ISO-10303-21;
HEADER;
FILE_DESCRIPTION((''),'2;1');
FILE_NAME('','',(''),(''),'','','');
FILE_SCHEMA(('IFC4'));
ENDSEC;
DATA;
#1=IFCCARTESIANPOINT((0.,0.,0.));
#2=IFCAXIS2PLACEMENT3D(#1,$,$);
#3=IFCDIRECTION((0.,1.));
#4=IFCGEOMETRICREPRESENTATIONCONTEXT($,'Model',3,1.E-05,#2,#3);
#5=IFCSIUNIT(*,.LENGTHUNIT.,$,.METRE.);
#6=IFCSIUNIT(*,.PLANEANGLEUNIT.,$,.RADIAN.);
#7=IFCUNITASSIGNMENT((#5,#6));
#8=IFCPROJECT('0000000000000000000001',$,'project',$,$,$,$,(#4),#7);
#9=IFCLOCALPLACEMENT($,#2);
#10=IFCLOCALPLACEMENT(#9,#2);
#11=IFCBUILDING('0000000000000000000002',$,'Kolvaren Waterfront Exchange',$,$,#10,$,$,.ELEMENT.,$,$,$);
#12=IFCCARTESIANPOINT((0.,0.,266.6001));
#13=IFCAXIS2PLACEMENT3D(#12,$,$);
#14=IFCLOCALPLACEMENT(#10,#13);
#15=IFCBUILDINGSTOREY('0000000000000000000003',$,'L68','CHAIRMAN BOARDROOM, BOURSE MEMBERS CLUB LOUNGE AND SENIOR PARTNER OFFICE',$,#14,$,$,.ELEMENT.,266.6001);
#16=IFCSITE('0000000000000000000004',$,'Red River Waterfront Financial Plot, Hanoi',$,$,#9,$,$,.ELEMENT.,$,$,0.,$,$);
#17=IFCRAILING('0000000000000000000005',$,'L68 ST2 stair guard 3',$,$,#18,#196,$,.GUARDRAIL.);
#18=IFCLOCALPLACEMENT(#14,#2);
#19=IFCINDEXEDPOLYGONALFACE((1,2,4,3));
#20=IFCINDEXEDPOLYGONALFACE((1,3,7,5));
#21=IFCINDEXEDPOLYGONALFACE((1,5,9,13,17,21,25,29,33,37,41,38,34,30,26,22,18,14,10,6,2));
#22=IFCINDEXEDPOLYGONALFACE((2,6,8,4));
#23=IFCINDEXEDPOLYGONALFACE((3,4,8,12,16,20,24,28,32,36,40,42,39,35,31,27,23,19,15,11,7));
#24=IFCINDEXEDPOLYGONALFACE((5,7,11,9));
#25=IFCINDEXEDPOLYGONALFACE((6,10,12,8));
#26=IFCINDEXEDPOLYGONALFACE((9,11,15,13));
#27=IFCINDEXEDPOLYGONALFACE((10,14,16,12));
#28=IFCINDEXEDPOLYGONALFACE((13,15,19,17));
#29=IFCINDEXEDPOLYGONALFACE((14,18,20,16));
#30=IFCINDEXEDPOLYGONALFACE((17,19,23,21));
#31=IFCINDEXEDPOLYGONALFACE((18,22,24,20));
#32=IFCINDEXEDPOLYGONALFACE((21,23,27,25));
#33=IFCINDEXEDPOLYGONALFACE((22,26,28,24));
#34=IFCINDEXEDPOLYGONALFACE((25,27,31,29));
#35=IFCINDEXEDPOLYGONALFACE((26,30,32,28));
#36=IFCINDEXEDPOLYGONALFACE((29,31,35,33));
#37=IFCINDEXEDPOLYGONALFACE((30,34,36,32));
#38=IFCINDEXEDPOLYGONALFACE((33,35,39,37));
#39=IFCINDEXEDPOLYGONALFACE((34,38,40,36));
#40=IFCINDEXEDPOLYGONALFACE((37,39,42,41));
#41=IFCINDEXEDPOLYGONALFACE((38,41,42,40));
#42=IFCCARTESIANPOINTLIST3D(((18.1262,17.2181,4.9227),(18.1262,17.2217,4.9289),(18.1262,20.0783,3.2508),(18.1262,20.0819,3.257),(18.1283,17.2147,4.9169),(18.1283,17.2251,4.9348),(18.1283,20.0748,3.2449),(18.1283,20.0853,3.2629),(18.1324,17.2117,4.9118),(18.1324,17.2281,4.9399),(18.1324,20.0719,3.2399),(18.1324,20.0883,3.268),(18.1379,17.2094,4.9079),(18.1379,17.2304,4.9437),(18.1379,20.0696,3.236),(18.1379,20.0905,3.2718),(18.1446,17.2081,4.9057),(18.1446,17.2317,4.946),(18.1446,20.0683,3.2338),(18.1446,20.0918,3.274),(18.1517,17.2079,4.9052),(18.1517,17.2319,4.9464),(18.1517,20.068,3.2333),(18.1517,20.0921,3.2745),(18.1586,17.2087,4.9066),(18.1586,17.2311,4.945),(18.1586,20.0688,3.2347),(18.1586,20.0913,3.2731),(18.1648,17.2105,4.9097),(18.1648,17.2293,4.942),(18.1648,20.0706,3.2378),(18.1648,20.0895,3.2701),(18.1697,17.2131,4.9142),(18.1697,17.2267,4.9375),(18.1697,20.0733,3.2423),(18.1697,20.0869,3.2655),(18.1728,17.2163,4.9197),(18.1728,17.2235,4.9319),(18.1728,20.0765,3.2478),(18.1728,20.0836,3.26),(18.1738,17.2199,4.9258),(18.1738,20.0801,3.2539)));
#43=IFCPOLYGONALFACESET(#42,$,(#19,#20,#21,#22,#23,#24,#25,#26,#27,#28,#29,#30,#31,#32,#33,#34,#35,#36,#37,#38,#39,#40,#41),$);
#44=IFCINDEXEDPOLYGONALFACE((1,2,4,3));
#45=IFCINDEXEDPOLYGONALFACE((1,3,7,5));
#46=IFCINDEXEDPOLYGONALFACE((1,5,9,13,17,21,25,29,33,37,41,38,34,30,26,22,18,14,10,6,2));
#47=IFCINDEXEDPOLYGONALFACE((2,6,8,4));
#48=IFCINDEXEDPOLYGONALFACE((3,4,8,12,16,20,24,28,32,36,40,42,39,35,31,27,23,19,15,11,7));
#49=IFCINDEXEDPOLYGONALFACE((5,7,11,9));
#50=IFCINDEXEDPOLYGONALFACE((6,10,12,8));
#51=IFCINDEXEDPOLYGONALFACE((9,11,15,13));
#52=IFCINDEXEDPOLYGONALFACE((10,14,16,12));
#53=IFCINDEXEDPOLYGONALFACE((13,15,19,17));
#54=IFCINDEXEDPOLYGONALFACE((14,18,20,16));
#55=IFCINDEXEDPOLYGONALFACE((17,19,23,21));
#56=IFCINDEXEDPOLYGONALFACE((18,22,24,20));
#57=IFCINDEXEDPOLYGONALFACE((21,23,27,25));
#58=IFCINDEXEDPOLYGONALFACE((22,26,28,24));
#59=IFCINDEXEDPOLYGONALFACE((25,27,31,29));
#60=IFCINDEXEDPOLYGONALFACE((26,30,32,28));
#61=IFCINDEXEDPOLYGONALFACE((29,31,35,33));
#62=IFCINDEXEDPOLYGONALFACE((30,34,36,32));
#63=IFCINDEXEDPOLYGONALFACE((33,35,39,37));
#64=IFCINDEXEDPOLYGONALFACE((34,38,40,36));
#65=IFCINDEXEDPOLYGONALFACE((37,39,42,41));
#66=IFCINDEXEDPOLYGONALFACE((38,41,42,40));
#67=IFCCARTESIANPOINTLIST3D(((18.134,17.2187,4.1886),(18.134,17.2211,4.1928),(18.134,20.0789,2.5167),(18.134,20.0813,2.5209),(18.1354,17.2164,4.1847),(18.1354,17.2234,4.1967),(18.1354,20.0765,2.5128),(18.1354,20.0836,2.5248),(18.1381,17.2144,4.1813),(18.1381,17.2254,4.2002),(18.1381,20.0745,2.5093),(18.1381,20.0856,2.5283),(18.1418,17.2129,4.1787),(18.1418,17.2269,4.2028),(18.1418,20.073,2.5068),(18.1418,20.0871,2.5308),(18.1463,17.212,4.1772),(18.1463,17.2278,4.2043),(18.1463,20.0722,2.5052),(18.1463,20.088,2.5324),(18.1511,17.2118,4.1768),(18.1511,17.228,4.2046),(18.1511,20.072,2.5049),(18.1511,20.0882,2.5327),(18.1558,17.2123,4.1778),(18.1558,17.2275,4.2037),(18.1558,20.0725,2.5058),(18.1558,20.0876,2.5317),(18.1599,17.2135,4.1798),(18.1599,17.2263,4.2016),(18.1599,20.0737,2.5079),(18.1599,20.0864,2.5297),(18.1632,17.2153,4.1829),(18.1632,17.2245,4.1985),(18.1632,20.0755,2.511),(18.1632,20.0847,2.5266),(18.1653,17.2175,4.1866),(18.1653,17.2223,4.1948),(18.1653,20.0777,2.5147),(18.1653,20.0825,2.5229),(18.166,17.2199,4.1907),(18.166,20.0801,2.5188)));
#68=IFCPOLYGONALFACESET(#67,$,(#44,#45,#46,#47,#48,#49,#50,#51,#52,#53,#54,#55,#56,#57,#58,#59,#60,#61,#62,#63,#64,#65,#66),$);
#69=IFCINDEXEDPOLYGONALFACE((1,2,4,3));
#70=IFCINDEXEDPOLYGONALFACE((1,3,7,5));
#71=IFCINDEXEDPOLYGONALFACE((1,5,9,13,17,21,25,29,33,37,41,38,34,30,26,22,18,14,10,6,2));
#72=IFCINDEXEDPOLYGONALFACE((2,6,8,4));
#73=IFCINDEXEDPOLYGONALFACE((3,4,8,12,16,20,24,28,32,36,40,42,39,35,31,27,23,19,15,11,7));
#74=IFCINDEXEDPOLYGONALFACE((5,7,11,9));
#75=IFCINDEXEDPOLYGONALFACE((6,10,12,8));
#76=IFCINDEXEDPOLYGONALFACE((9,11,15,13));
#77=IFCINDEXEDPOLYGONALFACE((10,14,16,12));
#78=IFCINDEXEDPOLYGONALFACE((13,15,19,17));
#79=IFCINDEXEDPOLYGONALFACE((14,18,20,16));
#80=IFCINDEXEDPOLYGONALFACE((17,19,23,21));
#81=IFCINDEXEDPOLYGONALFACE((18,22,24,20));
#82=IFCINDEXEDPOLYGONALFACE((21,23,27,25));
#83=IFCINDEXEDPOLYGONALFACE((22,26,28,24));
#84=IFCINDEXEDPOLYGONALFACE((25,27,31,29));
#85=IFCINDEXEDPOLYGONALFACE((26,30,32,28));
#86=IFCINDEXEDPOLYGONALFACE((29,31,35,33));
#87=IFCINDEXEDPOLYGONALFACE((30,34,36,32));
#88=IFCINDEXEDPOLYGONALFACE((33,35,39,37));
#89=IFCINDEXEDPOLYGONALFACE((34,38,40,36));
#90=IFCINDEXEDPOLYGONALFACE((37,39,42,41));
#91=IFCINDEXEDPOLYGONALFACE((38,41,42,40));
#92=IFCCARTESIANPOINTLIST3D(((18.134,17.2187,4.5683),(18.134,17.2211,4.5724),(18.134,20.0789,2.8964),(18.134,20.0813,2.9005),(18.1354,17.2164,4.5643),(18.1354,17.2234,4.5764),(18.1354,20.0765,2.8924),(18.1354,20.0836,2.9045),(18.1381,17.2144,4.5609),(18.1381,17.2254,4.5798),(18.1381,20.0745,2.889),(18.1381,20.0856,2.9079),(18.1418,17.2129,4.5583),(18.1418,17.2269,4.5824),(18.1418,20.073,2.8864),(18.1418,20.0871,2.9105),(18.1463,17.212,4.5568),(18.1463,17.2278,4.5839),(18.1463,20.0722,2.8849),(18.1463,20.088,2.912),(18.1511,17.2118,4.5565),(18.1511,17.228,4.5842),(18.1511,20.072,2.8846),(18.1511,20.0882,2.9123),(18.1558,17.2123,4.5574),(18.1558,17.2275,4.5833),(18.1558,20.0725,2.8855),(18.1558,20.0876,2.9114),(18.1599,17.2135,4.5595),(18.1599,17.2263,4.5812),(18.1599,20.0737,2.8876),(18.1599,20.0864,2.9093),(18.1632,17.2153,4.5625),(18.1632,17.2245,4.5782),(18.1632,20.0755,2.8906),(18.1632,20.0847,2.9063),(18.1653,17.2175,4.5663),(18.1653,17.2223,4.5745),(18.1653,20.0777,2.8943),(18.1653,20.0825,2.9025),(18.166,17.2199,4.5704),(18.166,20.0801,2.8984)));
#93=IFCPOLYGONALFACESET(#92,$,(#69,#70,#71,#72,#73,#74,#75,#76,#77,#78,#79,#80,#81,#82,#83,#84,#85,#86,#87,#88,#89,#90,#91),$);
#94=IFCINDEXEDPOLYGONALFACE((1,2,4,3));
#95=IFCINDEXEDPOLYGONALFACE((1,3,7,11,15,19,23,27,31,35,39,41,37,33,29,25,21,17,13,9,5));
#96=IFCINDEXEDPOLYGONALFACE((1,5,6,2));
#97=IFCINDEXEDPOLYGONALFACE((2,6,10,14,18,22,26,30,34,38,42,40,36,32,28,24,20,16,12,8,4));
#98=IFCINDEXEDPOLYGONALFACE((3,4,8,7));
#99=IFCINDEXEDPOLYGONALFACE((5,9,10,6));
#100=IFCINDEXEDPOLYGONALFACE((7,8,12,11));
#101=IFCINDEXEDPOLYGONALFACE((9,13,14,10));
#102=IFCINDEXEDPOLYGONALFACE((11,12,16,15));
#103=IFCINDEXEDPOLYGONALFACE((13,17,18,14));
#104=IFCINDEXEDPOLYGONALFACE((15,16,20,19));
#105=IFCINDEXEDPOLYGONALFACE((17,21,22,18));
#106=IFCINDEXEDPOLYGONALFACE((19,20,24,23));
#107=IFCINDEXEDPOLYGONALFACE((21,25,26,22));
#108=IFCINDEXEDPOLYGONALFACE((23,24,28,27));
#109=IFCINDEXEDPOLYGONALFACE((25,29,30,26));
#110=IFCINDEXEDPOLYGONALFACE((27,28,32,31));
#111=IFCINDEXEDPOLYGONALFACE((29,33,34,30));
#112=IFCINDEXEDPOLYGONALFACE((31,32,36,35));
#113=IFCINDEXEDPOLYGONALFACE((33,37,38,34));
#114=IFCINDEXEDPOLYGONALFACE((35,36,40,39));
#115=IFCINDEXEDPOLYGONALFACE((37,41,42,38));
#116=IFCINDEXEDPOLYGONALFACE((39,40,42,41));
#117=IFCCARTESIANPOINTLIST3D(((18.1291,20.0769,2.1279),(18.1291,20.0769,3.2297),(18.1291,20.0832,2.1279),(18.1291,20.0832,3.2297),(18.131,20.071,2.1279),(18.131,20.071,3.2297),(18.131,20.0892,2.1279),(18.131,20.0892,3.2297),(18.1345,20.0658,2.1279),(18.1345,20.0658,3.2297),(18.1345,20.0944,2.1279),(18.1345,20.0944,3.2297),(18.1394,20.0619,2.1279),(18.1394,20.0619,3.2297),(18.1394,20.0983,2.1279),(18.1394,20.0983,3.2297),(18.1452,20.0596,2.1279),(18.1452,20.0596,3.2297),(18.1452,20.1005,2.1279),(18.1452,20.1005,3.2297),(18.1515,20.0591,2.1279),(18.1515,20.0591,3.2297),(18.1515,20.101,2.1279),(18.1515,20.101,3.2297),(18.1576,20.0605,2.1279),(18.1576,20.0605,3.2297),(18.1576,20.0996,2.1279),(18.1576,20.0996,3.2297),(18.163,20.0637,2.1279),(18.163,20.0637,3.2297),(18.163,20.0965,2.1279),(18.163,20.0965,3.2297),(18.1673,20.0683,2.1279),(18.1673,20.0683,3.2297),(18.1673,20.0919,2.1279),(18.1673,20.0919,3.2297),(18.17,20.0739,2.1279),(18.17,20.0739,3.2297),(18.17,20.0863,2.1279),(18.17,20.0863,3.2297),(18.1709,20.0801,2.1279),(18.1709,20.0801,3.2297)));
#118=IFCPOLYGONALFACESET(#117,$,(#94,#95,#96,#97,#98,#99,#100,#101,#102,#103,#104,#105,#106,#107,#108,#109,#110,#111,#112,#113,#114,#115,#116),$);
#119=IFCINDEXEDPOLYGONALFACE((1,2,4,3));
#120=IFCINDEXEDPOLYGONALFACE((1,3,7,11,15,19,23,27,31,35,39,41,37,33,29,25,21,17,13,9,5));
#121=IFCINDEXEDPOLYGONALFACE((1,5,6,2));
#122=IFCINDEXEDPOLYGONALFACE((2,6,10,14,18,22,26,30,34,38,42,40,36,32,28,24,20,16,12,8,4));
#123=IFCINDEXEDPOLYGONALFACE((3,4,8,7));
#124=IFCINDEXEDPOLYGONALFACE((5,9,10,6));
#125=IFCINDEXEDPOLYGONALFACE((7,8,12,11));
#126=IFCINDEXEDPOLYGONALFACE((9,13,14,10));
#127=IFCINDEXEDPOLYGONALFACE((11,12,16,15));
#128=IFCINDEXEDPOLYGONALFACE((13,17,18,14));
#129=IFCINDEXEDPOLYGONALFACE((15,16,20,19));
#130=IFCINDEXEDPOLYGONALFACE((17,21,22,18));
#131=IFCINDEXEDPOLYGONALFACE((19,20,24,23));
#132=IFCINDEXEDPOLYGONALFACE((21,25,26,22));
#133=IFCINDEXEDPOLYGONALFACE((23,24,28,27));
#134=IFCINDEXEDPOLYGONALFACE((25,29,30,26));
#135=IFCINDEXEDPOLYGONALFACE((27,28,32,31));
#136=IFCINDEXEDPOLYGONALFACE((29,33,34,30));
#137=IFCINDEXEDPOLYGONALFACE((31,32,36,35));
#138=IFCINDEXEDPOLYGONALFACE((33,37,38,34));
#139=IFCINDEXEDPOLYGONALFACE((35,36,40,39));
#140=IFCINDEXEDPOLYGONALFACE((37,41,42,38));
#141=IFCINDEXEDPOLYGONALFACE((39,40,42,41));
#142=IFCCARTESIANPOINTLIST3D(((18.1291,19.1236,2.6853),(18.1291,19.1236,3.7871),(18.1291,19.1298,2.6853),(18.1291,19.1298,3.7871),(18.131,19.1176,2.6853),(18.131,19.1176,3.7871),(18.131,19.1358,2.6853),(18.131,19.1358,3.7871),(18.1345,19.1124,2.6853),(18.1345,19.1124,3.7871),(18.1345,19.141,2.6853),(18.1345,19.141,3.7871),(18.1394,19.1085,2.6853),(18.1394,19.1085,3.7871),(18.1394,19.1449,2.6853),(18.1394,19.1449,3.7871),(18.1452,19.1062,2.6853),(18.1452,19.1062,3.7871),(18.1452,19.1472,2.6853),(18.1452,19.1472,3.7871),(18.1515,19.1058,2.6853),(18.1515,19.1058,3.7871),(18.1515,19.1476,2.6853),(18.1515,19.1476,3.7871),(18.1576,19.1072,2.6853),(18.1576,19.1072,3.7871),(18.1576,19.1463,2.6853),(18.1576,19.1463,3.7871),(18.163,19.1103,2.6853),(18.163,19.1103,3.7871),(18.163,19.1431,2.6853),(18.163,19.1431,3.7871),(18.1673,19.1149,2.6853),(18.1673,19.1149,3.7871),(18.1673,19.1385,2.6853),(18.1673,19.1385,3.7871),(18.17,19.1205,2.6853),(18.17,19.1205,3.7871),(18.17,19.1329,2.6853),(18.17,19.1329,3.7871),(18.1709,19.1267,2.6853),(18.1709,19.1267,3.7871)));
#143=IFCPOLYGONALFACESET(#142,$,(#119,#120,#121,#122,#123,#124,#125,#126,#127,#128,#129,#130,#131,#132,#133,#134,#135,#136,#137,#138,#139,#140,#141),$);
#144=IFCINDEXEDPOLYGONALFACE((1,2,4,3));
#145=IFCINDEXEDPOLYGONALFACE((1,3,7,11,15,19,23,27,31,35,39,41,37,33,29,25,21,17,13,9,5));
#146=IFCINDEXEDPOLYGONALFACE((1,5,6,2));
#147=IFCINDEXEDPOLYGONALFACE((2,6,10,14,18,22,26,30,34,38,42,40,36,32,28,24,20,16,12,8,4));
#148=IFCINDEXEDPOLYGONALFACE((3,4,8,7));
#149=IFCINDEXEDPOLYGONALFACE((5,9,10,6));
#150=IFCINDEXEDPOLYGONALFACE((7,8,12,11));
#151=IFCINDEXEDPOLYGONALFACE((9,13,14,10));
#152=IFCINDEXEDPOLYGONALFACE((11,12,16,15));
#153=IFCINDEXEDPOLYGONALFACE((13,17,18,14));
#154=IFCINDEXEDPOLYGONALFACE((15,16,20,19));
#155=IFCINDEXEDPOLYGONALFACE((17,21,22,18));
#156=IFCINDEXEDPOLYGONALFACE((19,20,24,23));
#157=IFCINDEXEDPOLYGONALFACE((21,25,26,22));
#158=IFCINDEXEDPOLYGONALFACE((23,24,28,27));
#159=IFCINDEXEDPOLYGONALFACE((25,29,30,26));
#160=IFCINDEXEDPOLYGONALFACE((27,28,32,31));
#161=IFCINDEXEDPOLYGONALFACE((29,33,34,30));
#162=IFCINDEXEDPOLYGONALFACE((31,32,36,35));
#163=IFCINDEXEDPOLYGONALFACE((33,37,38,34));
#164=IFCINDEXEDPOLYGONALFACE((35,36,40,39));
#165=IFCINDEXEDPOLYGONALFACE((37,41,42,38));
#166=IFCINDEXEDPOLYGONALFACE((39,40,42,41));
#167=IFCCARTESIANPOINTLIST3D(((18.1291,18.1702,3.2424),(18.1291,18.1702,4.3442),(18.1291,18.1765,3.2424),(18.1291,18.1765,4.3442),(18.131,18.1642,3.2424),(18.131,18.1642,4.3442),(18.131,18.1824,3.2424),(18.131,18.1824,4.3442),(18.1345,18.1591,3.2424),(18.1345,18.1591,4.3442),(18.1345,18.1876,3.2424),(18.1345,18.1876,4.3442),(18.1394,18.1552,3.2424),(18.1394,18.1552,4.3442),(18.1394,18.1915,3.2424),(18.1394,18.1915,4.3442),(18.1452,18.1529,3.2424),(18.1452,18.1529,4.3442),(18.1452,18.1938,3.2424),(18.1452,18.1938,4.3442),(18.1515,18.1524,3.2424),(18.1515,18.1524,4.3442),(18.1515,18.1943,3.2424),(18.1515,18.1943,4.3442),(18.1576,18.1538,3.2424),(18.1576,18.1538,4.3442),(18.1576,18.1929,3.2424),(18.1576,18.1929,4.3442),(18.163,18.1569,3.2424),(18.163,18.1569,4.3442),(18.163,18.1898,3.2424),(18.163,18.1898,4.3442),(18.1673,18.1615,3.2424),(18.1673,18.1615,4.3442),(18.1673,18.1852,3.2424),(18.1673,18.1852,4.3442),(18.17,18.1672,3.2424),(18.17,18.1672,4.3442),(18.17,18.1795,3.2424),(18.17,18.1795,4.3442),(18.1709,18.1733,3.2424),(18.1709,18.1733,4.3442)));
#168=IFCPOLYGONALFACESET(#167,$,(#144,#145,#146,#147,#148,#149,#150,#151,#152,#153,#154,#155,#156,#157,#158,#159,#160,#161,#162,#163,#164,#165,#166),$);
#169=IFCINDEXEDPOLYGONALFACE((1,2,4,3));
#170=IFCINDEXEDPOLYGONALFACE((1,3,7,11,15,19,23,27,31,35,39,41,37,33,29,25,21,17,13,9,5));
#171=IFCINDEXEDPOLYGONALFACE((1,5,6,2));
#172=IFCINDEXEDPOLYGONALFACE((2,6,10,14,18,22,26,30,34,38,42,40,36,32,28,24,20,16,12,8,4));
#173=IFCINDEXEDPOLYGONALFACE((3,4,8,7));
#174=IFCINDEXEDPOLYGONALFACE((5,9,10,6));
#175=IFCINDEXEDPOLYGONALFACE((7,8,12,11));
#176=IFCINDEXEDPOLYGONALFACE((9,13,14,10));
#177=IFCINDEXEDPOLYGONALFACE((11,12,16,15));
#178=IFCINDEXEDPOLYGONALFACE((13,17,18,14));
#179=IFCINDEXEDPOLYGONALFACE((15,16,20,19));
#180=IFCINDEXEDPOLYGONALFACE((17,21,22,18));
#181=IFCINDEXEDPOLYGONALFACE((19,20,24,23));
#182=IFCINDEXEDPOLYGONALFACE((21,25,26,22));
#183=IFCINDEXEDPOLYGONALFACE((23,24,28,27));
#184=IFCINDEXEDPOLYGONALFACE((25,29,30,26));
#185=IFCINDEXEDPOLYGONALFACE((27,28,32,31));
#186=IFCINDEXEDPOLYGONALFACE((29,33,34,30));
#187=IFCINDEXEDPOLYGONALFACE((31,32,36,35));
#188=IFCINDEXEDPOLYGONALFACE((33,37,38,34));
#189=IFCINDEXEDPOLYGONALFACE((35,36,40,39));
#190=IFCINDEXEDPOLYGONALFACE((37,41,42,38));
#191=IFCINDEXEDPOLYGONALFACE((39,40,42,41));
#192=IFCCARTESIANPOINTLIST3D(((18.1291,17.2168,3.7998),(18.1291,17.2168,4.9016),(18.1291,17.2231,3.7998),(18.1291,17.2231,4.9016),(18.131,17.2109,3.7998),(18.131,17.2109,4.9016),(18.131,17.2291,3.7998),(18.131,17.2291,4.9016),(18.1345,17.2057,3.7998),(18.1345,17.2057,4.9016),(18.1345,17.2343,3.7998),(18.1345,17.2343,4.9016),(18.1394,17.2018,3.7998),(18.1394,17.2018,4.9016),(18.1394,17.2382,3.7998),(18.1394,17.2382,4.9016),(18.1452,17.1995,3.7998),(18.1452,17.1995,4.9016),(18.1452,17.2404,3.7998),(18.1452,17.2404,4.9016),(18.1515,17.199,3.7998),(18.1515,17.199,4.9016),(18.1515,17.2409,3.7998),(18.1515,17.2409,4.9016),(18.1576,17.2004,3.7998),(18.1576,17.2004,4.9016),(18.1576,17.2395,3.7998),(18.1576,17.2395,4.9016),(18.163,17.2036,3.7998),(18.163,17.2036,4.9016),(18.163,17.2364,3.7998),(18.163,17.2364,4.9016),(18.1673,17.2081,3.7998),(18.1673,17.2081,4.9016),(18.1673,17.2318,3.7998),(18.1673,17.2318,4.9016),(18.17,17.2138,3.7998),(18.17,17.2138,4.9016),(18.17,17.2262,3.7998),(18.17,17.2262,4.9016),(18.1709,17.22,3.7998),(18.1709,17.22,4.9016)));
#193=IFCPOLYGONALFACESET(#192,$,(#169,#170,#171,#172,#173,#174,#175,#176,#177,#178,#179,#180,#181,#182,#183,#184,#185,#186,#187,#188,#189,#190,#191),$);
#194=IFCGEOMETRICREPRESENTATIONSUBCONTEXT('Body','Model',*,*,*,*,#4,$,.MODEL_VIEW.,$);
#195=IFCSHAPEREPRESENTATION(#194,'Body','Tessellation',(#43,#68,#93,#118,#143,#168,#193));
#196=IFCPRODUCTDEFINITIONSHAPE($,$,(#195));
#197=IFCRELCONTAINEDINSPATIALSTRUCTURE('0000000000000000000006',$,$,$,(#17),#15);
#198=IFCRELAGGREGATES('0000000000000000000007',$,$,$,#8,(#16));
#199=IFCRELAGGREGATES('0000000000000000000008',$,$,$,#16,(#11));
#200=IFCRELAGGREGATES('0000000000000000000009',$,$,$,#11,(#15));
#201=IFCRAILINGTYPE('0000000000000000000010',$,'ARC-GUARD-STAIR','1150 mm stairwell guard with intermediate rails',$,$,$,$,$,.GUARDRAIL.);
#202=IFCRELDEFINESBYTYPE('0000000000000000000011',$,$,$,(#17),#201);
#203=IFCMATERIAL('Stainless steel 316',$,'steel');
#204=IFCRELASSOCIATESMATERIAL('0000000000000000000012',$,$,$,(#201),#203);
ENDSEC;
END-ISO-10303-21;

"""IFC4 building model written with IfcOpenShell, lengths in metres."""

from ifc_helpers import new_model, si_unit, direction, frame, origin, origin_2d, place, context, subcontext, project, spatial, circle, extrude, material, type_object, element, save


model = new_model("IFC4")

# Units and contexts
model_context = context("Model", 3, precision=1e-05, world=origin(), true_north=direction((0.0, 1.0)))
body_context = subcontext(model_context, "Body", "Model", "MODEL_VIEW")
ifc_project = project(units=[si_unit("LENGTHUNIT", "METRE"), si_unit("PLANEANGLEUNIT", "RADIAN")], contexts=[model_context])

# Site, building, storey
site_placement = place(None, origin())
site = spatial("IfcSite", under=ifc_project, at=site_placement, Name="Red River Waterfront Financial Plot, Hanoi", CompositionType="ELEMENT", RefElevation=0.0)
building_placement = place(site_placement, origin())
building = spatial("IfcBuilding", under=site, at=building_placement, Name="Kolvaren Waterfront Exchange", CompositionType="ELEMENT")
storey_placement = place(building_placement, frame((0.0, 0.0, 266.6001)))
storey = spatial("IfcBuildingStorey", under=building, at=storey_placement, Name="L68", Description="CHAIRMAN BOARDROOM, BOURSE MEMBERS CLUB LOUNGE AND SENIOR PARTNER OFFICE", CompositionType="ELEMENT", Elevation=266.6001)

# Railing
ifc_material_1 = material(Name="Stainless steel 316", Category="steel")
railing_type = type_object("IfcRailingType", Name="ARC-GUARD-STAIR", Description="1150 mm stairwell guard with intermediate rails", PredefinedType="GUARDRAIL", material=ifc_material_1)
railing_placement = place(storey_placement, frame((18.1499, 20.0801, 2.1279)))
element("IfcRailing", 1, at=railing_placement, inside=storey, type_object=railing_type, Name="L68 ST2 stair guard 3", PredefinedType="GUARDRAIL", context=body_context, shape_type="SweptSolid", body=[
    extrude(circle(Radius=0.0239, at=origin_2d()), frame((0.0, 0.0, 1.126), z_axis=(0.0, -0.863321, 0.504654), x_axis=(1.0, 0.0, 0.0)), (0.0, 0.0, 1.0), 3.313),
    extrude(circle(Radius=0.0161, at=origin_2d()), frame((0.0, 0.0, 0.3909), z_axis=(0.0, -0.863321, 0.504654), x_axis=(1.0, 0.0, 0.0)), (0.0, 0.0, 1.0), 3.313),
    extrude(circle(Radius=0.0161, at=origin_2d()), frame((0.0, 0.0, 0.7705), z_axis=(0.0, -0.863321, 0.504654), x_axis=(1.0, 0.0, 0.0)), (0.0, 0.0, 1.0), 3.313),
    extrude(circle(Radius=0.021, at=origin_2d()), origin(), (0.0, 0.0, 1.0), 1.1018),
    extrude(circle(Radius=0.021, at=origin_2d()), frame((0.0, -0.9534, 0.5574)), (0.0, 0.0, 1.0), 1.1018),
    extrude(circle(Radius=0.021, at=origin_2d()), frame((0.0, -1.9067, 1.1145)), (0.0, 0.0, 1.0), 1.1018),
    extrude(circle(Radius=0.021, at=origin_2d()), frame((0.0, -2.8601, 1.6719)), (0.0, 0.0, 1.0), 1.1018),
])

save(model, "model.ifc")
